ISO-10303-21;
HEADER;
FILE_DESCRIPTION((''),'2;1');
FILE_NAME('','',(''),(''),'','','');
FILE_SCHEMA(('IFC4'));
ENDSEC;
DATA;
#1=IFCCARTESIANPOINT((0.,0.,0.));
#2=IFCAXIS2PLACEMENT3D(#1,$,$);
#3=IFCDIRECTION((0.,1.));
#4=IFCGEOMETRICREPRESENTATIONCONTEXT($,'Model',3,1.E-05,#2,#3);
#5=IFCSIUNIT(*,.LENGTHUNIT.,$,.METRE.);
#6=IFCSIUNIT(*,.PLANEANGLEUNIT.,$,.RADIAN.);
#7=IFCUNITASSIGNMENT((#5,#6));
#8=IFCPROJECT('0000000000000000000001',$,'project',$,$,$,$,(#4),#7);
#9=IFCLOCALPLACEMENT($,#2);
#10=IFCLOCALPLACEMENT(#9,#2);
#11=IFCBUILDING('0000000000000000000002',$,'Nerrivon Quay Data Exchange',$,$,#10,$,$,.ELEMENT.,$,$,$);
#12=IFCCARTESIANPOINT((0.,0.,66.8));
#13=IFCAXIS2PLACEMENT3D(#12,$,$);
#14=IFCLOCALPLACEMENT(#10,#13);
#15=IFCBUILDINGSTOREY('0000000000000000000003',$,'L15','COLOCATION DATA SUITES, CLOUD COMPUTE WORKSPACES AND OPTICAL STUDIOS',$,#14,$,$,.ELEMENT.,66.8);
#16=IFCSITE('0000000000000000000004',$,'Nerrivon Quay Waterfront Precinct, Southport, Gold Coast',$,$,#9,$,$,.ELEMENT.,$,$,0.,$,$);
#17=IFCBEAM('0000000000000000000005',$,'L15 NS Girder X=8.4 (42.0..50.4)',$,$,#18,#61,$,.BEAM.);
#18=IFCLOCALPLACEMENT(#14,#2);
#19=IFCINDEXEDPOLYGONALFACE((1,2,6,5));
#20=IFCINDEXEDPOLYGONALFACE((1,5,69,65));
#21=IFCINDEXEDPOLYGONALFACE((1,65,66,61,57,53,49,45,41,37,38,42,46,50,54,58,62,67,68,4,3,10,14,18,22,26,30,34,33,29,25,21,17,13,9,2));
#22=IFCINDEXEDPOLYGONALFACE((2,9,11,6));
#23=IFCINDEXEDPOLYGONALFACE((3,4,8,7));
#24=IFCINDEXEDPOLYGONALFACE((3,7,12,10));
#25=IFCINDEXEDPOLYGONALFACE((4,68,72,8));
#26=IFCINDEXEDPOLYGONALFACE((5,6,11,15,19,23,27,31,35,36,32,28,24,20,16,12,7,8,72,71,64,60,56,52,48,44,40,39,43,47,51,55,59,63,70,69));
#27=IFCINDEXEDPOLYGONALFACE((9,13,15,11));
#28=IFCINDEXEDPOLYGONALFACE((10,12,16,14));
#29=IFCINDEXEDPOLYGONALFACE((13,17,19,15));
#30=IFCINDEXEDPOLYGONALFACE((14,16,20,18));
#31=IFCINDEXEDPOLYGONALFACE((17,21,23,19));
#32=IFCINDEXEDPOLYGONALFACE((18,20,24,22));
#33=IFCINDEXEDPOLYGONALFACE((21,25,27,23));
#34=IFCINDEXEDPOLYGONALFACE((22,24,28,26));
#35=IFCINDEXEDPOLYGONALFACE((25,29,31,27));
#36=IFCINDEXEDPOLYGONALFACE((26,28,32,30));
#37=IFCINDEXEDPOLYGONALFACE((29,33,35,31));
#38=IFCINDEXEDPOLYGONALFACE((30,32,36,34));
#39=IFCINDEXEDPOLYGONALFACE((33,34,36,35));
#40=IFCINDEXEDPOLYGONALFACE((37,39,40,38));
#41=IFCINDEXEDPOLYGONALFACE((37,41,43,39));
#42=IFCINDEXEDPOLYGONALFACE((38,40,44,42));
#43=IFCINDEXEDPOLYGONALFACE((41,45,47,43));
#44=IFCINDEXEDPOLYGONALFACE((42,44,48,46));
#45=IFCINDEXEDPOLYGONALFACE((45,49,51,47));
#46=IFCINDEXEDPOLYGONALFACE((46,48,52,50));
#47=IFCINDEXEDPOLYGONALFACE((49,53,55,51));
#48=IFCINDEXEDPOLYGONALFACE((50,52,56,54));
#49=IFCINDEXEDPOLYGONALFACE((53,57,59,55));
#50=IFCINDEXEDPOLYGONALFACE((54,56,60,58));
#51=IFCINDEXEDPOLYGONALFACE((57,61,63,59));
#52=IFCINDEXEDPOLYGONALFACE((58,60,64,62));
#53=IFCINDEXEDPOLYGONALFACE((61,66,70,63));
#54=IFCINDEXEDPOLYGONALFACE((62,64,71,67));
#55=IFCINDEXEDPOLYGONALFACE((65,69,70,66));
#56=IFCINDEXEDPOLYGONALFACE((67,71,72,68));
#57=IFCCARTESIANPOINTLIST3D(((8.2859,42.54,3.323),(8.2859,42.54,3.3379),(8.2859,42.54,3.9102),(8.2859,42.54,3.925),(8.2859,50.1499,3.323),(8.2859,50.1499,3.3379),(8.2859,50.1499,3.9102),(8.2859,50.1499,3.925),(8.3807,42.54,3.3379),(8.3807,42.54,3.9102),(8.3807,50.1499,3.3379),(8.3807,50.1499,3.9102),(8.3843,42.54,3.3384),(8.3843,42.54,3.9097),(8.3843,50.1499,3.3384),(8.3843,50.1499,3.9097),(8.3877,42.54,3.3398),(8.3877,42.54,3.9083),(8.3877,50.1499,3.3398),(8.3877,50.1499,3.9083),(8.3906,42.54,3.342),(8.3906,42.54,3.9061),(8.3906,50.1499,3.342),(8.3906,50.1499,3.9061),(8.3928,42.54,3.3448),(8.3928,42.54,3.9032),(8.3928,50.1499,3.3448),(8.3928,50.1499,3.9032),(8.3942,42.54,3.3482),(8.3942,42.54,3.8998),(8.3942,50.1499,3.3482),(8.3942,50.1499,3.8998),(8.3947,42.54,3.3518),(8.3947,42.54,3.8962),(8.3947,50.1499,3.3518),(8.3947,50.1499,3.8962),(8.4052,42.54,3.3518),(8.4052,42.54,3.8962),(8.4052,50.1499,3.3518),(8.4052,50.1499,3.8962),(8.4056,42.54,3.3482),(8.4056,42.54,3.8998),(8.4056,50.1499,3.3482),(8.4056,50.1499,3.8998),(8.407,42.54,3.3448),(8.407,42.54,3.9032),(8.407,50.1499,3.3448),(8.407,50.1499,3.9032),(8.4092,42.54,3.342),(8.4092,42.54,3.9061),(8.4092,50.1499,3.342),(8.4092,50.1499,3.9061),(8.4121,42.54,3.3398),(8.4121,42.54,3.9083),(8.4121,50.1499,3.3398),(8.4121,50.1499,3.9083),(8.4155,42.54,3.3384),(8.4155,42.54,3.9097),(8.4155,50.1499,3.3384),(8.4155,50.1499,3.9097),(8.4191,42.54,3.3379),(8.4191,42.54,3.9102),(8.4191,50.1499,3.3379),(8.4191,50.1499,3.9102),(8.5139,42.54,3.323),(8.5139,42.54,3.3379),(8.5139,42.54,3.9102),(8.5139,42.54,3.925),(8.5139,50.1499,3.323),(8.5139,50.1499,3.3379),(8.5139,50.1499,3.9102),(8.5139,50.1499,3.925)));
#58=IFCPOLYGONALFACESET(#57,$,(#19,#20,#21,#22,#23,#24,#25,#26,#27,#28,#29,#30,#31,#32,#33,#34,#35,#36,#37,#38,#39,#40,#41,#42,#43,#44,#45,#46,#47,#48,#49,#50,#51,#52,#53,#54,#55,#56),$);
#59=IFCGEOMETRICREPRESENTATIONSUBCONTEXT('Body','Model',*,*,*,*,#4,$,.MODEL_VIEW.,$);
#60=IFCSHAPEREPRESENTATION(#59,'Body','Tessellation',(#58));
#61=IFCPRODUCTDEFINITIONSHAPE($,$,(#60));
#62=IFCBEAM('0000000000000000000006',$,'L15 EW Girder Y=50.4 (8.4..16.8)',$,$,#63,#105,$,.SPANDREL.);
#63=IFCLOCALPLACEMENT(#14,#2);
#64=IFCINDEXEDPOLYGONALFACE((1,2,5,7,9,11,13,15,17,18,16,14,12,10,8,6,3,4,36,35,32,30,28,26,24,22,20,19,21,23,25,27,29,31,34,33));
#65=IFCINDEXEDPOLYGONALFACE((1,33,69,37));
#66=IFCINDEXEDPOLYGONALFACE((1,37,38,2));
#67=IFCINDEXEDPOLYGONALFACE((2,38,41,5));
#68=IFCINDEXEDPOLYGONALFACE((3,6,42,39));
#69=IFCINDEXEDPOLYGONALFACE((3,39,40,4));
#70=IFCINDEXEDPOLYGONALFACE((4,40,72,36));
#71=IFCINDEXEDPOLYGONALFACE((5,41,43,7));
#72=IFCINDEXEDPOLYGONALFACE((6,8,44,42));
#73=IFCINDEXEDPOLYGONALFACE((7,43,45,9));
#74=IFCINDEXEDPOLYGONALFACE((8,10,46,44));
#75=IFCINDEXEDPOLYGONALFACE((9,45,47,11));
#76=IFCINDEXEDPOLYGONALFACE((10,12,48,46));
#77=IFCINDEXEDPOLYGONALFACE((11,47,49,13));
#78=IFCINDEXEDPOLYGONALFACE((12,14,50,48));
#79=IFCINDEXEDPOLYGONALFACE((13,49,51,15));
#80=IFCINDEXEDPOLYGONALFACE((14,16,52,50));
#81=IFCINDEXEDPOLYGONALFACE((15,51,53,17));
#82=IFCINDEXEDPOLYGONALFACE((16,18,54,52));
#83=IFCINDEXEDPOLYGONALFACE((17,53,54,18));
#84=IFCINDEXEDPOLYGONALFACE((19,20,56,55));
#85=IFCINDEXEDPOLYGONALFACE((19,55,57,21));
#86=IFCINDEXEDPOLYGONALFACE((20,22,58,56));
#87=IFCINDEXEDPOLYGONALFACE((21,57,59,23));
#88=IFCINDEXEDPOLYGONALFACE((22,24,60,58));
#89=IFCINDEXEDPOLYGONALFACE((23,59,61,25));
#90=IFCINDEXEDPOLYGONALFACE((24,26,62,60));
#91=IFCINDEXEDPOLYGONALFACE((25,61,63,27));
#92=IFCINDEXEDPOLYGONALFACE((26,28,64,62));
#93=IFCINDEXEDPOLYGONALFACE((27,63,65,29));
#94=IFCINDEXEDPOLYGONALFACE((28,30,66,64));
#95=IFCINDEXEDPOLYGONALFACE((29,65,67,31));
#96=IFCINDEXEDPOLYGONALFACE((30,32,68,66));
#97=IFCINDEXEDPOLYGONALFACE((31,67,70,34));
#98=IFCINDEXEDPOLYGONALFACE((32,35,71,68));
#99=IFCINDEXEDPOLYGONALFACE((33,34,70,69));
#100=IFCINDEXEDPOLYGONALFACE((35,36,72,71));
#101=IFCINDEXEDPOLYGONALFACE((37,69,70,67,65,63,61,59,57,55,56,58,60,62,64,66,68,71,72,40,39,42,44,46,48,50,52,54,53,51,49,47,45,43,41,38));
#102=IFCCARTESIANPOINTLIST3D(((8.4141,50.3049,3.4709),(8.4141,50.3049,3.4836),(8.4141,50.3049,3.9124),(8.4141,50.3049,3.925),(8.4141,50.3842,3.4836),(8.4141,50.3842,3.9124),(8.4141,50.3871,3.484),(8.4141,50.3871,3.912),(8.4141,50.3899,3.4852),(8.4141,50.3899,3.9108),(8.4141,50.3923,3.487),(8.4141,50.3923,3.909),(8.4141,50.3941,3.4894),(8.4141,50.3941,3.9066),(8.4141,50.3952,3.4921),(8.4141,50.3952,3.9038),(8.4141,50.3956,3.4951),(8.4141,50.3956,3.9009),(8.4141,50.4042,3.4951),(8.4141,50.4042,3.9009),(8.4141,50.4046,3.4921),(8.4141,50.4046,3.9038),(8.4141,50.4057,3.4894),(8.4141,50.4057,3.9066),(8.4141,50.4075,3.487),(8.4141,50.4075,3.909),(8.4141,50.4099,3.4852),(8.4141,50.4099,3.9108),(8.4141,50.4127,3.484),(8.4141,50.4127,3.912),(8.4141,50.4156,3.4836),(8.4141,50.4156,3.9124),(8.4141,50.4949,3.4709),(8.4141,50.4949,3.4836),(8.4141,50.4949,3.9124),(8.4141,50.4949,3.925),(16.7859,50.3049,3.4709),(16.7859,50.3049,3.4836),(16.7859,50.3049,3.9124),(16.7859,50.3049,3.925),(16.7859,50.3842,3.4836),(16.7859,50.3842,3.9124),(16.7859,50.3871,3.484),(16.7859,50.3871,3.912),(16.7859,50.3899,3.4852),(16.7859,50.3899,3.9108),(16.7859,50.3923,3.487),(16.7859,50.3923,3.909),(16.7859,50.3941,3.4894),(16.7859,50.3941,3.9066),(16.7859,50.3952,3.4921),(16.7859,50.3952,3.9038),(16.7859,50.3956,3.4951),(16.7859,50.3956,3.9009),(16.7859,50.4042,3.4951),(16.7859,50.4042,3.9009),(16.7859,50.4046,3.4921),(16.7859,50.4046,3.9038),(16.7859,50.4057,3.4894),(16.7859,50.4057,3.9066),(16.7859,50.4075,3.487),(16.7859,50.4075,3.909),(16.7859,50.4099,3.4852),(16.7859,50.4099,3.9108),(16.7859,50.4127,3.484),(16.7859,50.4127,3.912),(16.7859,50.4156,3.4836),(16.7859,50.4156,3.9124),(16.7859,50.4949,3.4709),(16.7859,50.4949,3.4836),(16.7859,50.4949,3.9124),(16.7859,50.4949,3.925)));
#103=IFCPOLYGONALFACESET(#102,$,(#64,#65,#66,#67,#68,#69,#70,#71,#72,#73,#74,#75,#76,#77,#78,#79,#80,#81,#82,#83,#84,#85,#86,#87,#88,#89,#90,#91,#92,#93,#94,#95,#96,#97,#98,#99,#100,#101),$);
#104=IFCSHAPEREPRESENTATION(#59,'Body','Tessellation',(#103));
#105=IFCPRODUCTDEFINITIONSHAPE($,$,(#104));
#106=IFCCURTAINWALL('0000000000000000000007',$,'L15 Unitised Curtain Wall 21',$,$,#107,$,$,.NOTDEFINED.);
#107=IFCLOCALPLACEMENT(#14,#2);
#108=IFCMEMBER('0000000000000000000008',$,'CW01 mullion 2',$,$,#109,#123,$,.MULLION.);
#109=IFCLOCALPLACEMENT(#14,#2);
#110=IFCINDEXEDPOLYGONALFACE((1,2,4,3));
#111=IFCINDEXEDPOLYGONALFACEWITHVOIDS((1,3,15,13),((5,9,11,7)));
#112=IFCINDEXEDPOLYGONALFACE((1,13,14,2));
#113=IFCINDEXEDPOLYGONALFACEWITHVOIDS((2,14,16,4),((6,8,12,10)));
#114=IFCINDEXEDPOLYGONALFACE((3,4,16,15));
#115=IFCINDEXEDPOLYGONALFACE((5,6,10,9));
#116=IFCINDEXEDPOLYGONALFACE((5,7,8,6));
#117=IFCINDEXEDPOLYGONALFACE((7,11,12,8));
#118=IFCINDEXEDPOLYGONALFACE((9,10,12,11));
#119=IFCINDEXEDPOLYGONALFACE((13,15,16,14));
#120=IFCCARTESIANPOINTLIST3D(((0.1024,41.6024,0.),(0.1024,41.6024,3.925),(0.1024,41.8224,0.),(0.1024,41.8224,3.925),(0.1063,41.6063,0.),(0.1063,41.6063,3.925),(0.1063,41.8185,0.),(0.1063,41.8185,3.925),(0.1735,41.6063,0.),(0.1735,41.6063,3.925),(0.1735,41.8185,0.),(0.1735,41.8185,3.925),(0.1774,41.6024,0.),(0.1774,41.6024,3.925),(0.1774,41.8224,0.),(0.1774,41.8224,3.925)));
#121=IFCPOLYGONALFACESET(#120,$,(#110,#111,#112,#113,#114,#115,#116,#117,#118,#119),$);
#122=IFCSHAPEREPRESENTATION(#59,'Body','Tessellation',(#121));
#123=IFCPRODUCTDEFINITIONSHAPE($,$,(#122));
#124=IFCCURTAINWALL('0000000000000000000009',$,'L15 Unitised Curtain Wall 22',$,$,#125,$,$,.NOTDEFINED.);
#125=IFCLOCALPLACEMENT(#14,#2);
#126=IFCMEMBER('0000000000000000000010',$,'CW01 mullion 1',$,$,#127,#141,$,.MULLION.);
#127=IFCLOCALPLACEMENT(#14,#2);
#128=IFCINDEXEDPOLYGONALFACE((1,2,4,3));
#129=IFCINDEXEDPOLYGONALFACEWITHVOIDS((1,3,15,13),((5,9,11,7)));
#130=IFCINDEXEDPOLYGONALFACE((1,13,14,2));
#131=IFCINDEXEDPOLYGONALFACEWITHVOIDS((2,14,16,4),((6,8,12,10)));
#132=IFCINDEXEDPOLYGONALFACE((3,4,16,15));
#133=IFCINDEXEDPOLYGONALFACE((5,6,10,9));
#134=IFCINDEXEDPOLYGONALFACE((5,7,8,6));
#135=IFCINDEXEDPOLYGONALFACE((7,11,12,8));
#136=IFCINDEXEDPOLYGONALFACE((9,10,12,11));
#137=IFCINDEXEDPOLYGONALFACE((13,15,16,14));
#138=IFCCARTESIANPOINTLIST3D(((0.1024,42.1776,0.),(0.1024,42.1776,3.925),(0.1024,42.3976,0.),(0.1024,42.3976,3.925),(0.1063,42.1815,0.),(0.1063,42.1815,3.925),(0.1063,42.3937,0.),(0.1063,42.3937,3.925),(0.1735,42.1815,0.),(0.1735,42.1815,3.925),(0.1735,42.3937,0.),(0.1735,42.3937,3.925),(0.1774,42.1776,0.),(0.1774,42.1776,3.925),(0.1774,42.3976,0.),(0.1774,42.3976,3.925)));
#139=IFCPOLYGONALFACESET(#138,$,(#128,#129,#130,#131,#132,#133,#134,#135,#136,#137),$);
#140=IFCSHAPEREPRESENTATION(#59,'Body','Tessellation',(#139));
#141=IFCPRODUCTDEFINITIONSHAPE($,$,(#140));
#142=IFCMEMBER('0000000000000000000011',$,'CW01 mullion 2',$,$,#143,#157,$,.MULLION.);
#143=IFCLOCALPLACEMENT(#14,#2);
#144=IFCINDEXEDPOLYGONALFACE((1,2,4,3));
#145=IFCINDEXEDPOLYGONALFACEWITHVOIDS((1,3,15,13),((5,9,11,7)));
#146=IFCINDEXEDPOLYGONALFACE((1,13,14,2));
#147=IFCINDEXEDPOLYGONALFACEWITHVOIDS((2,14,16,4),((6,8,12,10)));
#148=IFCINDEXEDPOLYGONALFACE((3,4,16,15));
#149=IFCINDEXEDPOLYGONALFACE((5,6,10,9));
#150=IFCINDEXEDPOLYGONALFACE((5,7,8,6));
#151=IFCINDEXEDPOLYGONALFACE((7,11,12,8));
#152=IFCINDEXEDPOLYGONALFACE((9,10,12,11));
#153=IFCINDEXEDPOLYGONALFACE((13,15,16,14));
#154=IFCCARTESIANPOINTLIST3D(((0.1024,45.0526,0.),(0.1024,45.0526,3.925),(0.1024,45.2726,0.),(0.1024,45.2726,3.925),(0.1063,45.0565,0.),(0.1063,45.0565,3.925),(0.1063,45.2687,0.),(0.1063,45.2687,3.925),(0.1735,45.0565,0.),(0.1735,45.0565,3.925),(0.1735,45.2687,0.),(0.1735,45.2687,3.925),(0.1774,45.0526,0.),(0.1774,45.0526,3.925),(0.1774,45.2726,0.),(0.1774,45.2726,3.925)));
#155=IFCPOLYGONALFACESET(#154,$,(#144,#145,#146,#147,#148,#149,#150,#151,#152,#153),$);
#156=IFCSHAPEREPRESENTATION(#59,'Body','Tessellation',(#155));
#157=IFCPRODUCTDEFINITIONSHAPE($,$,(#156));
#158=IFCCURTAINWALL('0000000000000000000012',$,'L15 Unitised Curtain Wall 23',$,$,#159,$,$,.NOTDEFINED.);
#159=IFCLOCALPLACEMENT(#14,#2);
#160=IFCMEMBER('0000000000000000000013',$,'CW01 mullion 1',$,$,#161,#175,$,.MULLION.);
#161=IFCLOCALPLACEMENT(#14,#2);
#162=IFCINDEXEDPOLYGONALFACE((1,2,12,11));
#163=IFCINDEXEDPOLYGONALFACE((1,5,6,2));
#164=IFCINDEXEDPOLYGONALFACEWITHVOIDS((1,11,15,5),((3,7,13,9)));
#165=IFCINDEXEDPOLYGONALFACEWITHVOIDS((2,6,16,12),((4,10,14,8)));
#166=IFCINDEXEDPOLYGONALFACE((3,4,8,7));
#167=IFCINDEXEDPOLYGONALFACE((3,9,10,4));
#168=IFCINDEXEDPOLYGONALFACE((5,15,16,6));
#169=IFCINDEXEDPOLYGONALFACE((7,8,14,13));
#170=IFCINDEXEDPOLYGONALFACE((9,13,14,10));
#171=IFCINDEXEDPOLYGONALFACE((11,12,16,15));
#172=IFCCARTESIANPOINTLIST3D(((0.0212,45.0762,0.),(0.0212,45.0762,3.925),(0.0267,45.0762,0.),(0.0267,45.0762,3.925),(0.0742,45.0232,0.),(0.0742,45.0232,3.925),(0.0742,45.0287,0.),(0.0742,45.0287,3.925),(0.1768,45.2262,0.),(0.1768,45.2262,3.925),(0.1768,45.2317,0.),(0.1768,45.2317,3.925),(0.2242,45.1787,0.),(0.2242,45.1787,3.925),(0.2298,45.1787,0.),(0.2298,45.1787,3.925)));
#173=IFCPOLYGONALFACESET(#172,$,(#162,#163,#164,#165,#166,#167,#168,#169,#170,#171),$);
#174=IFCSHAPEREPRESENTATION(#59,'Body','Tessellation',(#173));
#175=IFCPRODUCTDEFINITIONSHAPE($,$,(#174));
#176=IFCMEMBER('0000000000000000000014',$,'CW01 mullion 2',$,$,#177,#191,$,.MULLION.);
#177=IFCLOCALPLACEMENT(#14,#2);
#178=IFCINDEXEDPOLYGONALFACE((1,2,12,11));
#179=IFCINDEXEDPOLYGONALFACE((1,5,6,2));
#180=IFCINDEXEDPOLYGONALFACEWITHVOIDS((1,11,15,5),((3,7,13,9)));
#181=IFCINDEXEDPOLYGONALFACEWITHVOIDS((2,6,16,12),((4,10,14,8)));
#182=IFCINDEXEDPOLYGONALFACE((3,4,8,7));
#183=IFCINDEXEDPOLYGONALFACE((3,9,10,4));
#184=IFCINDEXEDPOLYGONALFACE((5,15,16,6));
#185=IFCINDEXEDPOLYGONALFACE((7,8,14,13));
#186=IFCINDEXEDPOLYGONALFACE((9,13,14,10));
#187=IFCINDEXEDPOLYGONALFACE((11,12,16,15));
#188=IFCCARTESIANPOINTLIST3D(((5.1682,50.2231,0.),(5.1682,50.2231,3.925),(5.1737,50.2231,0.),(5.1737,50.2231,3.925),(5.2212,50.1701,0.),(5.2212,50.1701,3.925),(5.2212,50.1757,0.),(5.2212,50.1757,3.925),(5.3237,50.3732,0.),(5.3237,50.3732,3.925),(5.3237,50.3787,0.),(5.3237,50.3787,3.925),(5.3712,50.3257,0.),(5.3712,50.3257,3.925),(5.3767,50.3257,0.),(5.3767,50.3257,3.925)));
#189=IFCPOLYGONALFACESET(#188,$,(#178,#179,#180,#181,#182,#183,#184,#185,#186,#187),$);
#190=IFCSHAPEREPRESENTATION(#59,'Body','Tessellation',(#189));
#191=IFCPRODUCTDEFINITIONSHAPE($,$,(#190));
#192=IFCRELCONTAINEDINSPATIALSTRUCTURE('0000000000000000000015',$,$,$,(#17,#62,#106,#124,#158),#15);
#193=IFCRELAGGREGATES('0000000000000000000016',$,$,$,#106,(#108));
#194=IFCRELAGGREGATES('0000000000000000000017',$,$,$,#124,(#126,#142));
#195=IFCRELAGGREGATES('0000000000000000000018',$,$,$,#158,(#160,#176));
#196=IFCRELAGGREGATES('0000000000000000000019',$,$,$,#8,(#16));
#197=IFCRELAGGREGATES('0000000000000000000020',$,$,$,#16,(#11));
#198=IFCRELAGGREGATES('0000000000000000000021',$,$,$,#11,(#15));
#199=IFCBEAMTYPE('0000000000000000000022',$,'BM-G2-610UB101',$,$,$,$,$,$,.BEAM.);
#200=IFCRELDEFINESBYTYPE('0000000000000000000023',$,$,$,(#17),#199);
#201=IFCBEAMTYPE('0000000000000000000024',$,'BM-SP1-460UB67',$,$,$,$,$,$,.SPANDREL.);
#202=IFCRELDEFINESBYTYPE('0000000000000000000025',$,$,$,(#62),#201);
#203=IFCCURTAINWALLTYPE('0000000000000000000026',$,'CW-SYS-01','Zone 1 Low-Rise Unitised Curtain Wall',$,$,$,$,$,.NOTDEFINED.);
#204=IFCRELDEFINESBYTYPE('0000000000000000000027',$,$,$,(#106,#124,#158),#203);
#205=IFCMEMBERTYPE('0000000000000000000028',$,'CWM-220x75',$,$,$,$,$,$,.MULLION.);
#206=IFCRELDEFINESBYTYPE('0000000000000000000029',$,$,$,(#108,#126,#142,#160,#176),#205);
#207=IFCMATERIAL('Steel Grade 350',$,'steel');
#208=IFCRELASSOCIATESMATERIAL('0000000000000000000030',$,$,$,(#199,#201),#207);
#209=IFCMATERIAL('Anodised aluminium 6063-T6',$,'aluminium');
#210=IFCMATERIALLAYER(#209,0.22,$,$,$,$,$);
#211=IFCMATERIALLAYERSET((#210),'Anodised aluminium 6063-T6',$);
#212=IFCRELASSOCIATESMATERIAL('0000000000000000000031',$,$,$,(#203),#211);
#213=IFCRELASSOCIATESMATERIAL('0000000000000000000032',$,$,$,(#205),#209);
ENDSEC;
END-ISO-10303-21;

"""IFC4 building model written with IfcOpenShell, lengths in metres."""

from ifc_helpers import new_model, si_unit, direction, frame, origin, origin_2d, place, context, subcontext, project, spatial, hollow_rectangle, i_section, extrude, material, layer, layer_set, material_profile, profile_set, type_object, element, aggregate, save


model = new_model("IFC4")

# Units and contexts
model_context = context("Model", 3, precision=1e-05, world=origin(), true_north=direction((0.0, 1.0)))
body_context = subcontext(model_context, "Body", "Model", "MODEL_VIEW")
ifc_project = project(units=[si_unit("LENGTHUNIT", "METRE"), si_unit("PLANEANGLEUNIT", "RADIAN")], contexts=[model_context])

# Site, building, storey
site_placement = place(None, origin())
site = spatial("IfcSite", under=ifc_project, at=site_placement, Name="Nerrivon Quay Waterfront Precinct, Southport, Gold Coast", CompositionType="ELEMENT", RefElevation=0.0)
building_placement = place(site_placement, origin())
building = spatial("IfcBuilding", under=site, at=building_placement, Name="Nerrivon Quay Data Exchange", CompositionType="ELEMENT")
storey_placement = place(building_placement, frame((0.0, 0.0, 66.8)))
storey = spatial("IfcBuildingStorey", under=building, at=storey_placement, Name="L15", Description="COLOCATION DATA SUITES, CLOUD COMPUTE WORKSPACES AND OPTICAL STUDIOS", CompositionType="ELEMENT", Elevation=66.8)

# Shared definitions
ifc_material_1 = material(Name="Steel Grade 350", Category="steel")

# Beams
ifc_material_profile_1 = material_profile(ifc_material_1, i_section(OverallWidth=0.228, OverallDepth=0.6021, WebThickness=0.0105, FlangeThickness=0.0149, FilletRadius=0.0139, at=origin_2d()), Name="610UB101")
ifc_profile_set_1 = profile_set([ifc_material_profile_1], Name="Steel Grade 350")
beam_type_1 = type_object("IfcBeamType", Name="BM-G2-610UB101", PredefinedType="BEAM", material=ifc_profile_set_1)
beam_1_placement = place(storey_placement, frame((8.3999, 42.54, 3.624), z_axis=(0.0, 1.0, 0.0), x_axis=(-1.0, 0.0, 0.0)))
element("IfcBeam", 1, at=beam_1_placement, inside=storey, type_object=beam_type_1, Name="L15 NS Girder X=8.4 (42.0..50.4)", PredefinedType="BEAM", context=body_context, shape_type="SweptSolid", body=[
    extrude(i_section(OverallWidth=0.228, OverallDepth=0.6021, WebThickness=0.0105, FlangeThickness=0.0149, FilletRadius=0.0139, at=origin_2d()), origin(), (0.0, 0.0, 1.0), 7.6099),
])
ifc_material_profile_2 = material_profile(ifc_material_1, i_section(OverallWidth=0.1899, OverallDepth=0.4541, WebThickness=0.0085, FlangeThickness=0.0127, FilletRadius=0.0115, at=origin_2d()), Name="460UB67.1")
ifc_profile_set_2 = profile_set([ifc_material_profile_2], Name="Steel Grade 350")
beam_type_2 = type_object("IfcBeamType", Name="BM-SP1-460UB67", PredefinedType="SPANDREL", material=ifc_profile_set_2)
beam_2_placement = place(storey_placement, frame((8.4141, 50.3999, 3.698), z_axis=(1.0, 0.0, 0.0), x_axis=(0.0, 1.0, 0.0)))
element("IfcBeam", 2, at=beam_2_placement, inside=storey, type_object=beam_type_2, Name="L15 EW Girder Y=50.4 (8.4..16.8)", PredefinedType="SPANDREL", context=body_context, shape_type="SweptSolid", body=[
    extrude(i_section(OverallWidth=0.1899, OverallDepth=0.4541, WebThickness=0.0085, FlangeThickness=0.0127, FilletRadius=0.0115, at=origin_2d()), origin(), (0.0, 0.0, 1.0), 8.3718),
])

# Curtain wall, member
ifc_material_2 = material(Name="Anodised aluminium 6063-T6", Category="aluminium")
ifc_layer_1 = layer(ifc_material_2, 0.22)
ifc_layer_set_1 = layer_set([ifc_layer_1], Name="Anodised aluminium 6063-T6")
curtain_wall_type = type_object("IfcCurtainWallType", Name="CW-SYS-01", Description="Zone 1 Low-Rise Unitised Curtain Wall", PredefinedType="NOTDEFINED", material=ifc_layer_set_1)
curtain_wall_1_placement = place(storey_placement, origin())
curtain_wall_1 = element("IfcCurtainWall", 3, at=curtain_wall_1_placement, inside=storey, type_object=curtain_wall_type, Name="L15 Unitised Curtain Wall 21", PredefinedType="NOTDEFINED")
ifc_material_profile_3 = material_profile(ifc_material_2, hollow_rectangle(XDim=0.075, YDim=0.22, WallThickness=0.0039, at=origin_2d()), Name="ALU-MULL-220x75")
ifc_profile_set_3 = profile_set([ifc_material_profile_3], Name="Anodised aluminium 6063-T6")
member_type_1 = type_object("IfcMemberType", Name="CWM-220x75", PredefinedType="MULLION", material=ifc_profile_set_3)
member_1_placement = place(storey_placement, frame((0.1399, 41.7124, 0.0), z_axis=(0.0, 0.0, 1.0), x_axis=(-1.0, 0.0, 0.0)))
member_1 = element("IfcMember", 4, at=member_1_placement, type_object=member_type_1, Name="CW01 mullion 2", PredefinedType="MULLION", context=body_context, shape_type="SweptSolid", body=[
    extrude(hollow_rectangle(XDim=0.075, YDim=0.22, WallThickness=0.0039, at=origin_2d()), origin(), (0.0, 0.0, 1.0), 3.925),
])

# Curtain walls, members
curtain_wall_2_placement = place(storey_placement, origin())
curtain_wall_2 = element("IfcCurtainWall", 5, at=curtain_wall_2_placement, inside=storey, type_object=curtain_wall_type, Name="L15 Unitised Curtain Wall 22", PredefinedType="NOTDEFINED")
member_2_placement = place(storey_placement, frame((0.1399, 42.2876, 0.0), z_axis=(0.0, 0.0, 1.0), x_axis=(-1.0, 0.0, 0.0)))
member_2 = element("IfcMember", 6, at=member_2_placement, type_object=member_type_1, Name="CW01 mullion 1", PredefinedType="MULLION", context=body_context, shape_type="SweptSolid", body=[
    extrude(hollow_rectangle(XDim=0.075, YDim=0.22, WallThickness=0.0039, at=origin_2d()), origin(), (0.0, 0.0, 1.0), 3.925),
])
member_3_placement = place(storey_placement, frame((0.1399, 45.1626, 0.0), z_axis=(0.0, 0.0, 1.0), x_axis=(-1.0, 0.0, 0.0)))
member_3 = element("IfcMember", 7, at=member_3_placement, type_object=member_type_1, Name="CW01 mullion 2", PredefinedType="MULLION", context=body_context, shape_type="SweptSolid", body=[
    extrude(hollow_rectangle(XDim=0.075, YDim=0.22, WallThickness=0.0039, at=origin_2d()), origin(), (0.0, 0.0, 1.0), 3.925),
])
curtain_wall_3_placement = place(storey_placement, origin())
curtain_wall_3 = element("IfcCurtainWall", 8, at=curtain_wall_3_placement, inside=storey, type_object=curtain_wall_type, Name="L15 Unitised Curtain Wall 23", PredefinedType="NOTDEFINED")
member_4_placement = place(storey_placement, frame((0.1255, 45.1274, 0.0), z_axis=(0.0, 0.0, 1.0), x_axis=(-0.707107, 0.707107, 0.0)))
member_4 = element("IfcMember", 9, at=member_4_placement, type_object=member_type_1, Name="CW01 mullion 1", PredefinedType="MULLION", context=body_context, shape_type="SweptSolid", body=[
    extrude(hollow_rectangle(XDim=0.075, YDim=0.22, WallThickness=0.0039, at=origin_2d()), origin(), (0.0, 0.0, 1.0), 3.925),
])
member_5_placement = place(storey_placement, frame((5.2725, 50.2744, 0.0), z_axis=(0.0, 0.0, 1.0), x_axis=(-0.707107, 0.707107, 0.0)))
member_5 = element("IfcMember", 10, at=member_5_placement, type_object=member_type_1, Name="CW01 mullion 2", PredefinedType="MULLION", context=body_context, shape_type="SweptSolid", body=[
    extrude(hollow_rectangle(XDim=0.075, YDim=0.22, WallThickness=0.0039, at=origin_2d()), origin(), (0.0, 0.0, 1.0), 3.925),
])

aggregate(curtain_wall_1, [member_1])
aggregate(curtain_wall_2, [member_2, member_3])
aggregate(curtain_wall_3, [member_4, member_5])

save(model, "model.ifc")
